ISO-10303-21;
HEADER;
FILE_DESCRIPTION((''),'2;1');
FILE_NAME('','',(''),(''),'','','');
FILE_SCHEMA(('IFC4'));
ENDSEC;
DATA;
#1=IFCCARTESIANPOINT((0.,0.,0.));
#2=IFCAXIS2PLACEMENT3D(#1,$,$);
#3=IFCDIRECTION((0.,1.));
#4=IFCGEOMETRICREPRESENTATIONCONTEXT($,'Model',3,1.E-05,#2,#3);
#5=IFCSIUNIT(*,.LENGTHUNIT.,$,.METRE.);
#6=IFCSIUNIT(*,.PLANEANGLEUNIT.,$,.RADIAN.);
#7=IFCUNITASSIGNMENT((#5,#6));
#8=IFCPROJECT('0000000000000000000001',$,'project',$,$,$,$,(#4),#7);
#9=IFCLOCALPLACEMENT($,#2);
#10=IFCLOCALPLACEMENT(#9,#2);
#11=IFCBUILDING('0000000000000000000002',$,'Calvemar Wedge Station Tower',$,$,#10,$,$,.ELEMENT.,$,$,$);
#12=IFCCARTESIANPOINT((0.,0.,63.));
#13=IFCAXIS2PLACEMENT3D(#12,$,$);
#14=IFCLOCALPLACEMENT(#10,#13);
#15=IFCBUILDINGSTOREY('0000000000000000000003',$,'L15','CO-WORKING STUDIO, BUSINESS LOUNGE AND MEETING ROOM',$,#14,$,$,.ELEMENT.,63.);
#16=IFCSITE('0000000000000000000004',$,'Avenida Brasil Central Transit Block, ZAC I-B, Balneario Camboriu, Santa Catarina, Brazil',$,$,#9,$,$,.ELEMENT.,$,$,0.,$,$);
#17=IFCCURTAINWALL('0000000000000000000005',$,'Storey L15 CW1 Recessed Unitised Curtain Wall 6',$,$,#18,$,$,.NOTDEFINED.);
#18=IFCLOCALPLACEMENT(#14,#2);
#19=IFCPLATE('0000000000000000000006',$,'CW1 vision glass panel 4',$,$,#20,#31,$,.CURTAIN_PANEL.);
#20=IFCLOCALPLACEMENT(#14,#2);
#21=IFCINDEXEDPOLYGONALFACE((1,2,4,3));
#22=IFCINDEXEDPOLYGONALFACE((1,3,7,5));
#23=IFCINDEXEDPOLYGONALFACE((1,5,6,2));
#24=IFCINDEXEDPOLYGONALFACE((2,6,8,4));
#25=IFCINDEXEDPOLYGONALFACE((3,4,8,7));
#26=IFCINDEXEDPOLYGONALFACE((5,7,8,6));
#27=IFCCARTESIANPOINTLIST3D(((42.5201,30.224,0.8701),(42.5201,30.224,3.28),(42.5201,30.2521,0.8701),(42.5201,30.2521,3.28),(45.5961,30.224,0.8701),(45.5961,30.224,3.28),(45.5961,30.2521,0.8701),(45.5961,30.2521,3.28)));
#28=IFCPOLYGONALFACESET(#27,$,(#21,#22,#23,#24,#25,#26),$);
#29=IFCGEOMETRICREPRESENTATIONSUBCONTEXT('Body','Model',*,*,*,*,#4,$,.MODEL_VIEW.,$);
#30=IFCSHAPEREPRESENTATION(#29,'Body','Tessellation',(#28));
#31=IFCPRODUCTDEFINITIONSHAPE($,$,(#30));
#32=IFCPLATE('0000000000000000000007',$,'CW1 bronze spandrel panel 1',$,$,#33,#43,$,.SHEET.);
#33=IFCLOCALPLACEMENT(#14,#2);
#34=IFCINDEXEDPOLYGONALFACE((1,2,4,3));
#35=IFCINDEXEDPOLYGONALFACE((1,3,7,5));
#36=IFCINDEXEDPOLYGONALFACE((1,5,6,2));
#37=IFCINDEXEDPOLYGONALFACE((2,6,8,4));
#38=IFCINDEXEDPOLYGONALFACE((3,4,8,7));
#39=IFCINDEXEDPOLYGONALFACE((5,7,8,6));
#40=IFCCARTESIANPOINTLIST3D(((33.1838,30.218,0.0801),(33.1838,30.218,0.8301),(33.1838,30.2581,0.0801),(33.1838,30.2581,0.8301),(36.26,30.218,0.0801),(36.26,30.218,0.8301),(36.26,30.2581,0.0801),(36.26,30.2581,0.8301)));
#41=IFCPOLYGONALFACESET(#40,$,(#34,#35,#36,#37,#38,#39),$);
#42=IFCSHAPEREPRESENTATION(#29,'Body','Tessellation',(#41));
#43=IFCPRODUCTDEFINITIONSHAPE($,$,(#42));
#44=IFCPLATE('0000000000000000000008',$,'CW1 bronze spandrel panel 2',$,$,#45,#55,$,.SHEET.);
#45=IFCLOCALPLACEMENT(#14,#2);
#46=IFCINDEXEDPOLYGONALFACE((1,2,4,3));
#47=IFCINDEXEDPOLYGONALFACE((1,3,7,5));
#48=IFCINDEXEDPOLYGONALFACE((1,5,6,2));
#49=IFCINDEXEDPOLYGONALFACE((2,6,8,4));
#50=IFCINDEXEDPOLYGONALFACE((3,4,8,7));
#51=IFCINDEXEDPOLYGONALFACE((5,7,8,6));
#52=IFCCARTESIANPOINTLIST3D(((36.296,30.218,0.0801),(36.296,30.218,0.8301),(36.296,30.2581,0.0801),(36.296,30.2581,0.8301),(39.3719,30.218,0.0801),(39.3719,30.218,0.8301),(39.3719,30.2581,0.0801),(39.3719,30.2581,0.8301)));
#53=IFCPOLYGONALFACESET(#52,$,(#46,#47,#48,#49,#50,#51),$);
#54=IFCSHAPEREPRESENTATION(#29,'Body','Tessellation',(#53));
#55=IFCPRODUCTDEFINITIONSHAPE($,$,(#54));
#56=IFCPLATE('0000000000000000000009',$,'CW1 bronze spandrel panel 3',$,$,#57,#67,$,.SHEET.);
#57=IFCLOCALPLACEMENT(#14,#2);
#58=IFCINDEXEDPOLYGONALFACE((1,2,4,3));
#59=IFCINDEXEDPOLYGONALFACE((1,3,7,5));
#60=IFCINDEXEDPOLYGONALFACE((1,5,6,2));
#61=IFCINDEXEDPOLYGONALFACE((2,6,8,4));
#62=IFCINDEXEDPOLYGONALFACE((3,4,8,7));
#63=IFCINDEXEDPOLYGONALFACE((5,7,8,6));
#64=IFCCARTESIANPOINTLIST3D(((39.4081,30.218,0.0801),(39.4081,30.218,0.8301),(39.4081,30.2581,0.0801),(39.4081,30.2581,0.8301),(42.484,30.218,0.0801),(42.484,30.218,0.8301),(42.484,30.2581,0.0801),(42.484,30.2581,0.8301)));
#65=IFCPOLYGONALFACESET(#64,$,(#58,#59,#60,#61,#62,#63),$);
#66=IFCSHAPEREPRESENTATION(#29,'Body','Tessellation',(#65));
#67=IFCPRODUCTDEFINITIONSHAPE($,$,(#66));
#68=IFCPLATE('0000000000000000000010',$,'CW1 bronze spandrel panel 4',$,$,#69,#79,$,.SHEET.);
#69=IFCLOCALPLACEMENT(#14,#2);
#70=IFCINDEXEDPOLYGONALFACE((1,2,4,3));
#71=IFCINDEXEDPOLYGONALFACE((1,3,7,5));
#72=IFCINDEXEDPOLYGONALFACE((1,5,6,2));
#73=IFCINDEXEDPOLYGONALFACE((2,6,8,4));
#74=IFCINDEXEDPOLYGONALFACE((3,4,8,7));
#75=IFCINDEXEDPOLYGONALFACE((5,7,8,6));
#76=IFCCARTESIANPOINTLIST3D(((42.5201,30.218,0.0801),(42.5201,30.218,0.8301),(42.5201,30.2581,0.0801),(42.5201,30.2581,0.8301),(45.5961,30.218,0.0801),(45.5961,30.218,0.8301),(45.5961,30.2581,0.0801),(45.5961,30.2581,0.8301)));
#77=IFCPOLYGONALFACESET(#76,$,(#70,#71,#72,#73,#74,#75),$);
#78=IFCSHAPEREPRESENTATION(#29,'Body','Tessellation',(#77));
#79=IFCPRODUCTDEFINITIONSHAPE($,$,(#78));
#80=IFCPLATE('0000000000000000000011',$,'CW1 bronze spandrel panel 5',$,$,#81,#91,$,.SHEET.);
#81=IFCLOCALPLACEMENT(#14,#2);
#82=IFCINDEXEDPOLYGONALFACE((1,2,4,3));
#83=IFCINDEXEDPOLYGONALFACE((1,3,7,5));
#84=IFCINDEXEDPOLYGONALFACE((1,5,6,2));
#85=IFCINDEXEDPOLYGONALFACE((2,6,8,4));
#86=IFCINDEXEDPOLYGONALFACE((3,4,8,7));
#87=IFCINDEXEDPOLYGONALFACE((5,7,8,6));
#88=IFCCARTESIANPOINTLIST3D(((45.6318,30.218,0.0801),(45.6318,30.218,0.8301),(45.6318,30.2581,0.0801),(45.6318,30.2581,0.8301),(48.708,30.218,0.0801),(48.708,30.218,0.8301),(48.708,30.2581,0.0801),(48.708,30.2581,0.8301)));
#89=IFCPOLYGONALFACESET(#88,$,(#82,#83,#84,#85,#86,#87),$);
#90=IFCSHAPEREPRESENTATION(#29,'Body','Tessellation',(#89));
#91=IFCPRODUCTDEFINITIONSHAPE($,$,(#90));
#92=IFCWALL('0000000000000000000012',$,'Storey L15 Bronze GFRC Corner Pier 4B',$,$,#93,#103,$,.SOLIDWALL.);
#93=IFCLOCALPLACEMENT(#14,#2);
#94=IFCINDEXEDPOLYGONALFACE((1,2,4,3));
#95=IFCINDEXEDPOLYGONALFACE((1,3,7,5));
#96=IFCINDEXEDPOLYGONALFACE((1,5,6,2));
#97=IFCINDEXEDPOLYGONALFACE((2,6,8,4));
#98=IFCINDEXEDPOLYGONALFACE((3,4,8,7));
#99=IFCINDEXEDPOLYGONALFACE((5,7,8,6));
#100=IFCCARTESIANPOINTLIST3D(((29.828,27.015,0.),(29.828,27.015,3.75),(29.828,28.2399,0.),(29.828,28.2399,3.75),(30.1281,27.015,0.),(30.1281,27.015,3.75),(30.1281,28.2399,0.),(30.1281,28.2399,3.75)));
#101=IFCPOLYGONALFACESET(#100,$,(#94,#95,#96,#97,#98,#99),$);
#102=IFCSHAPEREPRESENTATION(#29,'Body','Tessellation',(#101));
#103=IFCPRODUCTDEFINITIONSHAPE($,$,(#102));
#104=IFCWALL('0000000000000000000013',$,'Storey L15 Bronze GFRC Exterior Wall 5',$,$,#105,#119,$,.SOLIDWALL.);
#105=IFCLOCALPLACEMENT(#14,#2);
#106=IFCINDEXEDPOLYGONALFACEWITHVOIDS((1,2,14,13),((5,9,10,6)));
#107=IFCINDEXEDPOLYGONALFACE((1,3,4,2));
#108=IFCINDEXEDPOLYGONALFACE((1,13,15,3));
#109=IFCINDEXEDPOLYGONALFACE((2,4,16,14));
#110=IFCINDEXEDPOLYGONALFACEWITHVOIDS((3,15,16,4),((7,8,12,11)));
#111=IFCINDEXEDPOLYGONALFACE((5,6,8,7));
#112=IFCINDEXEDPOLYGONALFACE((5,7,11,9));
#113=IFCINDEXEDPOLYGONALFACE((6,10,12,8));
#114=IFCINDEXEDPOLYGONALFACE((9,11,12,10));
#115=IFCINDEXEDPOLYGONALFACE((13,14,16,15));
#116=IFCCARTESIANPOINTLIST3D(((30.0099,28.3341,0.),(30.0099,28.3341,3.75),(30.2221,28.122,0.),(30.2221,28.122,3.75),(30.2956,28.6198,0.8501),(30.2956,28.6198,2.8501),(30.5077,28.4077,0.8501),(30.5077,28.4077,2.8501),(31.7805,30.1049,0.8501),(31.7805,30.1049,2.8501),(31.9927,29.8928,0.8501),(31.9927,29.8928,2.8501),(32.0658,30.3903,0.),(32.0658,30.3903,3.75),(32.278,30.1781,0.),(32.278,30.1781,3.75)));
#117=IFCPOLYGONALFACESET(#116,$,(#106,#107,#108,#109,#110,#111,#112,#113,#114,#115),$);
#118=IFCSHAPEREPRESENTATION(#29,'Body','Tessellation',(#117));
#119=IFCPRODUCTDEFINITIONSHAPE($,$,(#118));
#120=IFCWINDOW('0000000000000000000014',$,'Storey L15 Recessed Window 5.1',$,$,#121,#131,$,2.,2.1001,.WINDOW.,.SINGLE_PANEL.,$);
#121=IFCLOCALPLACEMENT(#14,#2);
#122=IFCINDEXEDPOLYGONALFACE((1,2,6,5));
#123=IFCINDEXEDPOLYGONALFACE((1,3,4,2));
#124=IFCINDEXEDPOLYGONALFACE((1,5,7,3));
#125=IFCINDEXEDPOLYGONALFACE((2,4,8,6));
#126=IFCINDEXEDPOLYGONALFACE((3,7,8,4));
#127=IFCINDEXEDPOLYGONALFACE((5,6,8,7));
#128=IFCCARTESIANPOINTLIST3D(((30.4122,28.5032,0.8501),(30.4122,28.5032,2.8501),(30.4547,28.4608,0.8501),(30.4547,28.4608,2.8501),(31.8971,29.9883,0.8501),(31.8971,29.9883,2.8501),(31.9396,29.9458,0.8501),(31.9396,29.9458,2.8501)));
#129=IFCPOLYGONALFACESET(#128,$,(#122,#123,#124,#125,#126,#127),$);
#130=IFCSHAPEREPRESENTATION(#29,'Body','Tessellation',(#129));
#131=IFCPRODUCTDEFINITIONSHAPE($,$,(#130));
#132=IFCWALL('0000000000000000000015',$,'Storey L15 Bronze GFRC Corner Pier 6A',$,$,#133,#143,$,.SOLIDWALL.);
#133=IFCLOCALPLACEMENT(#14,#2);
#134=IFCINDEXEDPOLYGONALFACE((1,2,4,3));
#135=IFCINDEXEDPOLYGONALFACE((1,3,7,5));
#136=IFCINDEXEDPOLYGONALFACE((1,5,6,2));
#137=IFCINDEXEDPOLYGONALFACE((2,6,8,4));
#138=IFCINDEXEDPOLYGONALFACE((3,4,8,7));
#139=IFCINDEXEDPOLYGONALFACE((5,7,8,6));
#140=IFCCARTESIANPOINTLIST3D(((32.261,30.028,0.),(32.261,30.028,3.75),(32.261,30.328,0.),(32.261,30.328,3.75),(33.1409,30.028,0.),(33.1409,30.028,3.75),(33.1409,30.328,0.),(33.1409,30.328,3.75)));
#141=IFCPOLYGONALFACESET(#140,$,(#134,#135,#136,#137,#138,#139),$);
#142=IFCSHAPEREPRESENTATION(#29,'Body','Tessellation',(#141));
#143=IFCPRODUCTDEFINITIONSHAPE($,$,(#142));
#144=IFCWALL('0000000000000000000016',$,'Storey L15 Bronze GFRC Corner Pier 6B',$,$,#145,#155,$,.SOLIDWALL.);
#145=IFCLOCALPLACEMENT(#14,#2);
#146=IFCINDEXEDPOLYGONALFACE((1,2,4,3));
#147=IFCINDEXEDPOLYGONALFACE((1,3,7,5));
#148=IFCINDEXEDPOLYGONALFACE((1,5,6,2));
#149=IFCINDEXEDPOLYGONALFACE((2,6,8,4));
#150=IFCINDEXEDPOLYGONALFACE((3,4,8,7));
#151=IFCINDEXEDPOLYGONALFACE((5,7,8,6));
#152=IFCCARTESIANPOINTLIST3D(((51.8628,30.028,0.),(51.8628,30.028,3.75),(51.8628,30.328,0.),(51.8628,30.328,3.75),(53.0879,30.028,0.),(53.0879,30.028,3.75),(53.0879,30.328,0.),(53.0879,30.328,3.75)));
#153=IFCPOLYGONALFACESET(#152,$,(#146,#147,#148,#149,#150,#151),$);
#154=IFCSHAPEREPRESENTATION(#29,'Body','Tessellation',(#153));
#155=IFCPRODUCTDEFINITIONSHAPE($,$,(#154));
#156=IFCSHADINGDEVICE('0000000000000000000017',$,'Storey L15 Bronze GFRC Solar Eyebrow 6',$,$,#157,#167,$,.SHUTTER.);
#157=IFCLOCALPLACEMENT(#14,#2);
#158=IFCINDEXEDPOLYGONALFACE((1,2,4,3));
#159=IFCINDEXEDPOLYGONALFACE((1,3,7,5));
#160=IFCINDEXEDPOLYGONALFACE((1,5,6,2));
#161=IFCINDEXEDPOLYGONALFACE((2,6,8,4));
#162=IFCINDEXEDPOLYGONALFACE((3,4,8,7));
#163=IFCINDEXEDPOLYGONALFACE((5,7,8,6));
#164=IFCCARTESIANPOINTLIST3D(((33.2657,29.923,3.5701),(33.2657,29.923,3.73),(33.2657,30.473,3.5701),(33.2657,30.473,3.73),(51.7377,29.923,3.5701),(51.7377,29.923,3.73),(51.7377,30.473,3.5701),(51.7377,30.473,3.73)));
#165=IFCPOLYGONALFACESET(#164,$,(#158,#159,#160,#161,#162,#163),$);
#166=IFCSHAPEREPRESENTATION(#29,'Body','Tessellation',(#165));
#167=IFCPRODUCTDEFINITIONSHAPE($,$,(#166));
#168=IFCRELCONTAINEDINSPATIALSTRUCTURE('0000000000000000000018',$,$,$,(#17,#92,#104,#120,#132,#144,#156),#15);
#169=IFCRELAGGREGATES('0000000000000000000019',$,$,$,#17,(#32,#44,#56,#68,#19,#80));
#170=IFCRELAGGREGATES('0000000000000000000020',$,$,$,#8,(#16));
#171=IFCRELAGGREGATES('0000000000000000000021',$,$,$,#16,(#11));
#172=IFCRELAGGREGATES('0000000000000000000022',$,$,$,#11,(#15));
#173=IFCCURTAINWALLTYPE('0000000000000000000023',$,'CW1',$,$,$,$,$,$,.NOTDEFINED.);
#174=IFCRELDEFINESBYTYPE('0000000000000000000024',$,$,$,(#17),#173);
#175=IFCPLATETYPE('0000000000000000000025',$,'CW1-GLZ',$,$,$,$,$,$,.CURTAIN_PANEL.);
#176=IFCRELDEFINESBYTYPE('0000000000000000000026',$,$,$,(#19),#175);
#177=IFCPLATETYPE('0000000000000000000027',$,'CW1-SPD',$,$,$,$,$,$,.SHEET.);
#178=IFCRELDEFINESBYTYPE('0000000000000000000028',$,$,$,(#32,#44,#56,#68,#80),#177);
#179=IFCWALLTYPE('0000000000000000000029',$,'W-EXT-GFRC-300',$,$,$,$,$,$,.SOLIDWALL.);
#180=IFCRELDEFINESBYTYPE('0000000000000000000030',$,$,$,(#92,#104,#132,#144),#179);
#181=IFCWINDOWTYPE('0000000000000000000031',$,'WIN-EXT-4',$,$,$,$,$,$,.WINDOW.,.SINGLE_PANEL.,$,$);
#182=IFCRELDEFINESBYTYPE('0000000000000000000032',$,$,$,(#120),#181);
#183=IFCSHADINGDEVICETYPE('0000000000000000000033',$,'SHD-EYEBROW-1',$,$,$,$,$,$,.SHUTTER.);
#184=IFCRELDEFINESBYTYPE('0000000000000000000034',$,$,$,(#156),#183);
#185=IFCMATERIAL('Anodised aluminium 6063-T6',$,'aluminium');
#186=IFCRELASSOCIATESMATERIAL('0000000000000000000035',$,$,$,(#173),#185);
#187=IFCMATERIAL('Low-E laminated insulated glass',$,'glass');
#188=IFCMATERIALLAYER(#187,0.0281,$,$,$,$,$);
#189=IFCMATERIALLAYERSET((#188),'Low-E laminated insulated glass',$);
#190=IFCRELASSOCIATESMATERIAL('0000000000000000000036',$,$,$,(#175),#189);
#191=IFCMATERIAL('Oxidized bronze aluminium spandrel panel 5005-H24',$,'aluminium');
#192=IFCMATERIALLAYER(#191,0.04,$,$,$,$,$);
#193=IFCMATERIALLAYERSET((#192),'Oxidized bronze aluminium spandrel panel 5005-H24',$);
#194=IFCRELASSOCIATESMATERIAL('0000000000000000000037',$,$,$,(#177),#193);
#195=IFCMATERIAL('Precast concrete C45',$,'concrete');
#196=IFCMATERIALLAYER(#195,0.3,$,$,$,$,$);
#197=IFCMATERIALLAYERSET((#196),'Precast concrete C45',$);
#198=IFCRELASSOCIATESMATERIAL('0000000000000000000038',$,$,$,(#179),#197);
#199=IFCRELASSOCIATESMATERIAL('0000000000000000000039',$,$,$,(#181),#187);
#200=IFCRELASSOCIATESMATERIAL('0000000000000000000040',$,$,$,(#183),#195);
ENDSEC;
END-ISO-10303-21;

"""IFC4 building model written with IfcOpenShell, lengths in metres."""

from ifc_helpers import new_model, si_unit, direction, frame, frame_2d, origin, place, context, subcontext, project, spatial, rectangle, extrude, source, transform, mapped, material, layer, layer_set, type_object, element, fill, aggregate, save


model = new_model("IFC4")

# Units and contexts
model_context = context("Model", 3, precision=1e-05, world=origin(), true_north=direction((0.0, 1.0)))
body_context = subcontext(model_context, "Body", "Model", "MODEL_VIEW")
ifc_project = project(units=[si_unit("LENGTHUNIT", "METRE"), si_unit("PLANEANGLEUNIT", "RADIAN")], contexts=[model_context])

# Site, building, storey
site_placement = place(None, origin())
site = spatial("IfcSite", under=ifc_project, at=site_placement, Name="Avenida Brasil Central Transit Block, ZAC I-B, Balneario Camboriu, Santa Catarina, Brazil", CompositionType="ELEMENT", RefElevation=0.0)
building_placement = place(site_placement, origin())
building = spatial("IfcBuilding", under=site, at=building_placement, Name="Calvemar Wedge Station Tower", CompositionType="ELEMENT")
storey_placement = place(building_placement, frame((0.0, 0.0, 63.0)))
storey = spatial("IfcBuildingStorey", under=building, at=storey_placement, Name="L15", Description="CO-WORKING STUDIO, BUSINESS LOUNGE AND MEETING ROOM", CompositionType="ELEMENT", Elevation=63.0)

# Shared definitions
ifc_material_1 = material(Name="Anodised aluminium 6063-T6", Category="aluminium")
curtain_wall_type = type_object("IfcCurtainWallType", Name="CW1", PredefinedType="NOTDEFINED", material=ifc_material_1)

# Curtain wall
curtain_wall_1_placement = place(storey_placement, origin())
curtain_wall_1 = element("IfcCurtainWall", 1, at=curtain_wall_1_placement, inside=storey, type_object=curtain_wall_type, Name="Storey L15 CW1 Recessed Unitised Curtain Wall 6", PredefinedType="NOTDEFINED")

# Plates
ifc_material_2 = material(Name="Low-E laminated insulated glass", Category="glass")
ifc_layer_1 = layer(ifc_material_2, 0.0281)
ifc_layer_set_1 = layer_set([ifc_layer_1], Name="Low-E laminated insulated glass")
plate_type_1 = type_object("IfcPlateType", Name="CW1-GLZ", PredefinedType="CURTAIN_PANEL", material=ifc_layer_set_1)
plate_1_placement = place(storey_placement, frame((42.52, 30.238, 0.8701), z_axis=(0.0, 0.0, 1.0), x_axis=(1.0, 0.0, 0.0)))
plate_1 = element("IfcPlate", 2, at=plate_1_placement, type_object=plate_type_1, Name="CW1 vision glass panel 4", PredefinedType="CURTAIN_PANEL", context=body_context, shape_type="SweptSolid", body=[
    extrude(rectangle(XDim=3.0759, YDim=0.0281, at=frame_2d((1.5381, 0.0))), origin(), (0.0, 0.0, 1.0), 2.4099),
])
ifc_material_3 = material(Name="Oxidized bronze aluminium spandrel panel 5005-H24", Category="aluminium")
ifc_layer_2 = layer(ifc_material_3, 0.04)
ifc_layer_set_2 = layer_set([ifc_layer_2], Name="Oxidized bronze aluminium spandrel panel 5005-H24")
plate_type_2 = type_object("IfcPlateType", Name="CW1-SPD", PredefinedType="SHEET", material=ifc_layer_set_2)
plate_2_placement = place(storey_placement, frame((33.1838, 30.238, 0.0801), z_axis=(0.0, 0.0, 1.0), x_axis=(1.0, 0.0, 0.0)))
plate_2 = element("IfcPlate", 3, at=plate_2_placement, type_object=plate_type_2, Name="CW1 bronze spandrel panel 1", PredefinedType="SHEET", context=body_context, shape_type="SweptSolid", body=[
    extrude(rectangle(XDim=3.0762, YDim=0.04, at=frame_2d((1.5381, 0.0))), origin(), (0.0, 0.0, 1.0), 0.75),
])
plate_3_placement = place(storey_placement, frame((36.2959, 30.238, 0.0801), z_axis=(0.0, 0.0, 1.0), x_axis=(1.0, 0.0, 0.0)))
plate_3 = element("IfcPlate", 4, at=plate_3_placement, type_object=plate_type_2, Name="CW1 bronze spandrel panel 2", PredefinedType="SHEET", context=body_context, shape_type="SweptSolid", body=[
    extrude(rectangle(XDim=3.0759, YDim=0.04, at=frame_2d((1.5381, 0.0))), origin(), (0.0, 0.0, 1.0), 0.75),
])
plate_4_placement = place(storey_placement, frame((39.408, 30.238, 0.0801), z_axis=(0.0, 0.0, 1.0), x_axis=(1.0, 0.0, 0.0)))
plate_4 = element("IfcPlate", 5, at=plate_4_placement, type_object=plate_type_2, Name="CW1 bronze spandrel panel 3", PredefinedType="SHEET", context=body_context, shape_type="SweptSolid", body=[
    extrude(rectangle(XDim=3.0759, YDim=0.04, at=frame_2d((1.5381, 0.0))), origin(), (0.0, 0.0, 1.0), 0.75),
])
plate_5_placement = place(storey_placement, frame((42.52, 30.238, 0.0801), z_axis=(0.0, 0.0, 1.0), x_axis=(1.0, 0.0, 0.0)))
plate_5 = element("IfcPlate", 6, at=plate_5_placement, type_object=plate_type_2, Name="CW1 bronze spandrel panel 4", PredefinedType="SHEET", context=body_context, shape_type="SweptSolid", body=[
    extrude(rectangle(XDim=3.0759, YDim=0.04, at=frame_2d((1.5381, 0.0))), origin(), (0.0, 0.0, 1.0), 0.75),
])
plate_6_placement = place(storey_placement, frame((45.6318, 30.238, 0.0801), z_axis=(0.0, 0.0, 1.0), x_axis=(1.0, 0.0, 0.0)))
plate_6 = element("IfcPlate", 7, at=plate_6_placement, type_object=plate_type_2, Name="CW1 bronze spandrel panel 5", PredefinedType="SHEET", context=body_context, shape_type="SweptSolid", body=[
    extrude(rectangle(XDim=3.0762, YDim=0.04, at=frame_2d((1.5381, 0.0))), origin(), (0.0, 0.0, 1.0), 0.75),
])
aggregate(curtain_wall_1, [plate_2, plate_3, plate_4, plate_5, plate_1, plate_6])

# Wall
ifc_material_4 = material(Name="Precast concrete C45", Category="concrete")
ifc_layer_3 = layer(ifc_material_4, 0.3)
ifc_layer_set_3 = layer_set([ifc_layer_3], Name="Precast concrete C45")
wall_type = type_object("IfcWallType", Name="W-EXT-GFRC-300", PredefinedType="SOLIDWALL", material=ifc_layer_set_3)
wall_1_placement = place(storey_placement, frame((29.978, 27.0151, 0.0), z_axis=(0.0, 0.0, 1.0), x_axis=(0.0, 1.0, 0.0)))
element("IfcWall", 8, at=wall_1_placement, inside=storey, type_object=wall_type, Name="Storey L15 Bronze GFRC Corner Pier 4B", PredefinedType="SOLIDWALL", context=body_context, shape_type="SweptSolid", body=[
    extrude(rectangle(XDim=1.2249, YDim=0.3, at=frame_2d((0.6123, 0.0))), origin(), (0.0, 0.0, 1.0), 3.75),
])

# Wall, opening, window
wall_2_placement = place(storey_placement, frame((30.116, 28.228, 0.0), z_axis=(0.0, 0.0, 1.0), x_axis=(0.707065, 0.707149, 0.0)))
wall_2 = element("IfcWall", 9, at=wall_2_placement, inside=storey, type_object=wall_type, Name="Storey L15 Bronze GFRC Exterior Wall 5", PredefinedType="SOLIDWALL", context=body_context, shape_type="SweptSolid", body=[
    extrude(rectangle(XDim=2.9077, YDim=0.3, at=frame_2d((1.4539, 0.0))), origin(), (0.0, 0.0, 1.0), 3.75),
])
shared_shape_1 = source(origin(), body_context, "Body", "SweptSolid", [
    extrude(rectangle(XDim=2.1001, YDim=2.0, at=frame_2d((1.05, 1.0))), frame((0.0, 0.1602, 0.0), z_axis=(0.0, -1.0, 0.0), x_axis=(1.0, 0.0, 0.0)), (0.0, 0.0, 1.0), 0.3201),
])
opening_placement = place(wall_2_placement, frame((0.4041, 0.0, 0.8501)))
opening = element("IfcOpeningElement", 10, at=opening_placement, cuts=wall_2, PredefinedType="OPENING", context=body_context, shape_type="MappedRepresentation", body=[
    mapped(shared_shape_1, transform((0.0, 0.0, 0.0), scale=1.0)),
])
window_type = type_object("IfcWindowType", Name="WIN-EXT-4", PartitioningType="SINGLE_PANEL", PredefinedType="WINDOW", material=ifc_material_2)
shared_shape_2 = source(origin(), body_context, "Body", "SweptSolid", [
    extrude(rectangle(XDim=2.1001, YDim=2.0, at=frame_2d((1.05, 1.0))), frame((0.0, -0.0149, 0.0), z_axis=(0.0, -1.0, 0.0), x_axis=(1.0, 0.0, 0.0)), (0.0, 0.0, 1.0), 0.0601),
])
window_placement = place(opening_placement, origin())
window = element("IfcWindow", 11, at=window_placement, inside=storey, type_object=window_type, Name="Storey L15 Recessed Window 5.1", OverallHeight=2.0, OverallWidth=2.1001, PartitioningType="SINGLE_PANEL", PredefinedType="WINDOW", context=body_context, shape_type="MappedRepresentation", body=[
    mapped(shared_shape_2, transform((0.0, 0.0, 0.0), scale=1.0)),
])
fill(opening, window)

# Walls
wall_3_placement = place(storey_placement, frame((32.261, 30.178, 0.0), z_axis=(0.0, 0.0, 1.0), x_axis=(1.0, 0.0, 0.0)))
element("IfcWall", 12, at=wall_3_placement, inside=storey, type_object=wall_type, Name="Storey L15 Bronze GFRC Corner Pier 6A", PredefinedType="SOLIDWALL", context=body_context, shape_type="SweptSolid", body=[
    extrude(rectangle(XDim=0.8799, YDim=0.3, at=frame_2d((0.4399, 0.0))), origin(), (0.0, 0.0, 1.0), 3.75),
])
wall_4_placement = place(storey_placement, frame((51.8628, 30.178, 0.0), z_axis=(0.0, 0.0, 1.0), x_axis=(1.0, 0.0, 0.0)))
element("IfcWall", 13, at=wall_4_placement, inside=storey, type_object=wall_type, Name="Storey L15 Bronze GFRC Corner Pier 6B", PredefinedType="SOLIDWALL", context=body_context, shape_type="SweptSolid", body=[
    extrude(rectangle(XDim=1.2251, YDim=0.3, at=frame_2d((0.6125, 0.0))), origin(), (0.0, 0.0, 1.0), 3.75),
])

# Shading device
shading_device_type = type_object("IfcShadingDeviceType", Name="SHD-EYEBROW-1", PredefinedType="SHUTTER", material=ifc_material_4)
shading_device_placement = place(storey_placement, frame((33.2659, 30.198, 3.5701), z_axis=(0.0, 0.0, 1.0), x_axis=(1.0, 0.0, 0.0)))
element("IfcShadingDevice", 14, at=shading_device_placement, inside=storey, type_object=shading_device_type, Name="Storey L15 Bronze GFRC Solar Eyebrow 6", PredefinedType="SHUTTER", context=body_context, shape_type="SweptSolid", body=[
    extrude(rectangle(XDim=18.4719, YDim=0.55, at=frame_2d((9.2358, 0.0))), origin(), (0.0, 0.0, 1.0), 0.1599),
])

save(model, "model.ifc")
